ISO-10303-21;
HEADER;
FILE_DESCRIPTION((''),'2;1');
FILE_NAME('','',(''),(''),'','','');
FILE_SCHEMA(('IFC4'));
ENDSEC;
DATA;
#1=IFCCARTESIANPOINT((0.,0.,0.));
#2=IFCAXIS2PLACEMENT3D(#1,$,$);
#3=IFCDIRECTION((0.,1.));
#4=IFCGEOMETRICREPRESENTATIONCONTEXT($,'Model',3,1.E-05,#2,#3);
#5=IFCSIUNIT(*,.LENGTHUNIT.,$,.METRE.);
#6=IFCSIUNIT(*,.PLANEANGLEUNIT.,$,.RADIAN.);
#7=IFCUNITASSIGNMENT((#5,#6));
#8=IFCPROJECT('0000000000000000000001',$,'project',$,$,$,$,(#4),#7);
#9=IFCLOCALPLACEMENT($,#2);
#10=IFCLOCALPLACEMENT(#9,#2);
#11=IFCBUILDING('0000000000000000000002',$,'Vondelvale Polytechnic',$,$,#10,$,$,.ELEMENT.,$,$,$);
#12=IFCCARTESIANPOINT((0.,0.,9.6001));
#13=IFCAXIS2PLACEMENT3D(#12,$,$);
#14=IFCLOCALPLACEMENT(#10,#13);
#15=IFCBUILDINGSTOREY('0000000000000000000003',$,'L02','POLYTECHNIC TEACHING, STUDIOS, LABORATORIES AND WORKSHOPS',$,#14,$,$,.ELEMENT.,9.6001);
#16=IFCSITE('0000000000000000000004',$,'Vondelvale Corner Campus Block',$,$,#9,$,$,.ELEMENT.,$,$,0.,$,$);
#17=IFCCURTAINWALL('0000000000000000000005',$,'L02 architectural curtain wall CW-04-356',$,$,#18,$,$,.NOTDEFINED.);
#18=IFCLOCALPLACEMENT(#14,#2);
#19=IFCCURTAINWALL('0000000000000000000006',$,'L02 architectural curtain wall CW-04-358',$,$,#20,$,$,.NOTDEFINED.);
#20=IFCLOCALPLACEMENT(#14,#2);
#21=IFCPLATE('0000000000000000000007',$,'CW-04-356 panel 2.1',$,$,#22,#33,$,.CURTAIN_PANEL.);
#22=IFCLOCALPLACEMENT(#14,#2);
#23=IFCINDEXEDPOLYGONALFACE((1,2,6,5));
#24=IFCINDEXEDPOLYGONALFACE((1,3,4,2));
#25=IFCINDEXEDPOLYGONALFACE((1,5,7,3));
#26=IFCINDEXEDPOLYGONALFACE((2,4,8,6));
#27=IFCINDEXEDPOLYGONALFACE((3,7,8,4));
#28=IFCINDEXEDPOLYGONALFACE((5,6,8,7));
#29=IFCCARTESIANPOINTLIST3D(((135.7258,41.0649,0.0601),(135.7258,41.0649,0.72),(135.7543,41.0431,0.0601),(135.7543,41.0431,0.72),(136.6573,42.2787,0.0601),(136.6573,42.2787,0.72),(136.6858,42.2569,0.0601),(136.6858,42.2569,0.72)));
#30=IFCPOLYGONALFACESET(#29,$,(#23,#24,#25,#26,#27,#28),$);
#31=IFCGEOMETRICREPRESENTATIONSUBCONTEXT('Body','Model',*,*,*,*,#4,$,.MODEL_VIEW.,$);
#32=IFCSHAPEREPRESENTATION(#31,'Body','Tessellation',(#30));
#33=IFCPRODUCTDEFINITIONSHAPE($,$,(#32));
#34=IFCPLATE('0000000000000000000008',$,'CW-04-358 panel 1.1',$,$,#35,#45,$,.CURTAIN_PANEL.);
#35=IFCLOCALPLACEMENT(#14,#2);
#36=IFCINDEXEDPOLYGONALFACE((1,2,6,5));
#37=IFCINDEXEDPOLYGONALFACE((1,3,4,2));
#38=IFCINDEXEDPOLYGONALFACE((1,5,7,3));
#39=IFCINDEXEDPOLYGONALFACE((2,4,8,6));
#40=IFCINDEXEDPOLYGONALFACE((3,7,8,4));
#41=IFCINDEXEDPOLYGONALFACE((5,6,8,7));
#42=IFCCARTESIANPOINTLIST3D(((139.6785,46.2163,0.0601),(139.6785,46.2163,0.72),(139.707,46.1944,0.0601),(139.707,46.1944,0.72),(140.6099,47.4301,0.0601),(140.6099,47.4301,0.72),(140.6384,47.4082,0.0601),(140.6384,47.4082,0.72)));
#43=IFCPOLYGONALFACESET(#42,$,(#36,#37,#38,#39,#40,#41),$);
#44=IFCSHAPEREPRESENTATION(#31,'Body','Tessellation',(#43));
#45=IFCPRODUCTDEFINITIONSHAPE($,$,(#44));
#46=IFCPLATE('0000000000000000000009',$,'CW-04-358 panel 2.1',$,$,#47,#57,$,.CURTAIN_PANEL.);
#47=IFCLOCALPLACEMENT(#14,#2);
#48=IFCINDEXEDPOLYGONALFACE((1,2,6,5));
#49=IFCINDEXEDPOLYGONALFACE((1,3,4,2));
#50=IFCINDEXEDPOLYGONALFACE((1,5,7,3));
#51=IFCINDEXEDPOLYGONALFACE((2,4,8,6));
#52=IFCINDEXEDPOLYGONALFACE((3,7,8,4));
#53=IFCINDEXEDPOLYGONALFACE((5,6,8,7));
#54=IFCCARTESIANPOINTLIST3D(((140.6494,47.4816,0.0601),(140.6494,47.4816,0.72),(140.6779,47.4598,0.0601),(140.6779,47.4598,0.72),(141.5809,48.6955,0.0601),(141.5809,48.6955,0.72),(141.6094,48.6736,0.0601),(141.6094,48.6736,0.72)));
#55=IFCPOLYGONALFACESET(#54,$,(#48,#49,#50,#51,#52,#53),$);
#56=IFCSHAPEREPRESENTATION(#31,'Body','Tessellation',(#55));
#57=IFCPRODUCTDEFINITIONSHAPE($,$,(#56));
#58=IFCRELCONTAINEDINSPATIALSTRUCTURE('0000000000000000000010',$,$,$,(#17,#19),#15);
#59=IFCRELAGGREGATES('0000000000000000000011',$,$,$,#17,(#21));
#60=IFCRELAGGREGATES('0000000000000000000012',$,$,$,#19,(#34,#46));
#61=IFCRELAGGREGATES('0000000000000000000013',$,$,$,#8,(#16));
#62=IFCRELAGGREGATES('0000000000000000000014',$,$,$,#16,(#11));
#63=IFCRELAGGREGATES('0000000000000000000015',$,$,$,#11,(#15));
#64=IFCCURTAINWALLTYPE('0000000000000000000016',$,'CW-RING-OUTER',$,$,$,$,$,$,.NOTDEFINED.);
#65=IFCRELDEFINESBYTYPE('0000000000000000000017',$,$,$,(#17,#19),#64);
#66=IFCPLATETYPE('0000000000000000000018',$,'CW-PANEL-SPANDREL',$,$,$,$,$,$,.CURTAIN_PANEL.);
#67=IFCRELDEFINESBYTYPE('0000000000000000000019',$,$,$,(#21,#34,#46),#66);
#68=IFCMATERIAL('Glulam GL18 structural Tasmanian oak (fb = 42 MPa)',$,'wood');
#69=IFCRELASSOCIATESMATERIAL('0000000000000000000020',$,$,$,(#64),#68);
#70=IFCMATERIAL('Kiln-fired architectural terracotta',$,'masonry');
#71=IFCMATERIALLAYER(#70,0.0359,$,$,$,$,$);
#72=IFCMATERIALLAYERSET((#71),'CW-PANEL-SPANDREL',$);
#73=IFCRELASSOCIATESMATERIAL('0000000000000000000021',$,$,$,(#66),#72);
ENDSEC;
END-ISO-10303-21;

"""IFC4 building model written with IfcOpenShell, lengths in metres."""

from ifc_helpers import new_model, si_unit, direction, frame, origin, origin_2d, place, context, subcontext, project, spatial, rectangle, extrude, material, layer, layer_set, type_object, element, aggregate, save


model = new_model("IFC4")

# Units and contexts
model_context = context("Model", 3, precision=1e-05, world=origin(), true_north=direction((0.0, 1.0)))
body_context = subcontext(model_context, "Body", "Model", "MODEL_VIEW")
ifc_project = project(units=[si_unit("LENGTHUNIT", "METRE"), si_unit("PLANEANGLEUNIT", "RADIAN")], contexts=[model_context])

# Site, building, storey
site_placement = place(None, origin())
site = spatial("IfcSite", under=ifc_project, at=site_placement, Name="Vondelvale Corner Campus Block", CompositionType="ELEMENT", RefElevation=0.0)
building_placement = place(site_placement, origin())
building = spatial("IfcBuilding", under=site, at=building_placement, Name="Vondelvale Polytechnic", CompositionType="ELEMENT")
storey_placement = place(building_placement, frame((0.0, 0.0, 9.6001)))
storey = spatial("IfcBuildingStorey", under=building, at=storey_placement, Name="L02", Description="POLYTECHNIC TEACHING, STUDIOS, LABORATORIES AND WORKSHOPS", CompositionType="ELEMENT", Elevation=9.6001)

# Shared definitions
ifc_material_1 = material(Name="Glulam GL18 structural Tasmanian oak (fb = 42 MPa)", Category="wood")

# Curtain wall
curtain_wall_type = type_object("IfcCurtainWallType", Name="CW-RING-OUTER", PredefinedType="NOTDEFINED", material=ifc_material_1)
curtain_wall_1_placement = place(storey_placement, origin())
curtain_wall_1 = element("IfcCurtainWall", 1, at=curtain_wall_1_placement, inside=storey, type_object=curtain_wall_type, Name="L02 architectural curtain wall CW-04-356", PredefinedType="NOTDEFINED")

# Curtain wall
curtain_wall_2_placement = place(storey_placement, origin())
curtain_wall_2 = element("IfcCurtainWall", 2, at=curtain_wall_2_placement, inside=storey, type_object=curtain_wall_type, Name="L02 architectural curtain wall CW-04-358", PredefinedType="NOTDEFINED")

# Plates
ifc_material_2 = material(Name="Kiln-fired architectural terracotta", Category="masonry")
ifc_layer_1 = layer(ifc_material_2, 0.0359)
ifc_layer_set_1 = layer_set([ifc_layer_1], Name="CW-PANEL-SPANDREL")
plate_type_1 = type_object("IfcPlateType", Name="CW-PANEL-SPANDREL", PredefinedType="CURTAIN_PANEL", material=ifc_layer_set_1)
plate_1_placement = place(storey_placement, frame((136.2058, 41.6609, 0.0601), z_axis=(0.0, 0.0, 1.0), x_axis=(0.608787, 0.793334, 0.0)))
plate_1 = element("IfcPlate", 3, at=plate_1_placement, type_object=plate_type_1, Name="CW-04-356 panel 2.1", PredefinedType="CURTAIN_PANEL", context=body_context, shape_type="SweptSolid", body=[
    extrude(rectangle(XDim=1.53, YDim=0.0359, at=origin_2d()), origin(), (0.0, 0.0, 1.0), 0.6599),
])
aggregate(curtain_wall_1, [plate_1])
plate_2_placement = place(storey_placement, frame((140.1584, 46.8123, 0.0601), z_axis=(0.0, 0.0, 1.0), x_axis=(0.608787, 0.793334, 0.0)))
plate_2 = element("IfcPlate", 4, at=plate_2_placement, type_object=plate_type_1, Name="CW-04-358 panel 1.1", PredefinedType="CURTAIN_PANEL", context=body_context, shape_type="SweptSolid", body=[
    extrude(rectangle(XDim=1.53, YDim=0.0359, at=origin_2d()), origin(), (0.0, 0.0, 1.0), 0.6599),
])
plate_3_placement = place(storey_placement, frame((141.1294, 48.0776, 0.0601), z_axis=(0.0, 0.0, 1.0), x_axis=(0.608787, 0.793334, 0.0)))
plate_3 = element("IfcPlate", 5, at=plate_3_placement, type_object=plate_type_1, Name="CW-04-358 panel 2.1", PredefinedType="CURTAIN_PANEL", context=body_context, shape_type="SweptSolid", body=[
    extrude(rectangle(XDim=1.53, YDim=0.0359, at=origin_2d()), origin(), (0.0, 0.0, 1.0), 0.6599),
])
aggregate(curtain_wall_2, [plate_2, plate_3])

save(model, "model.ifc")
